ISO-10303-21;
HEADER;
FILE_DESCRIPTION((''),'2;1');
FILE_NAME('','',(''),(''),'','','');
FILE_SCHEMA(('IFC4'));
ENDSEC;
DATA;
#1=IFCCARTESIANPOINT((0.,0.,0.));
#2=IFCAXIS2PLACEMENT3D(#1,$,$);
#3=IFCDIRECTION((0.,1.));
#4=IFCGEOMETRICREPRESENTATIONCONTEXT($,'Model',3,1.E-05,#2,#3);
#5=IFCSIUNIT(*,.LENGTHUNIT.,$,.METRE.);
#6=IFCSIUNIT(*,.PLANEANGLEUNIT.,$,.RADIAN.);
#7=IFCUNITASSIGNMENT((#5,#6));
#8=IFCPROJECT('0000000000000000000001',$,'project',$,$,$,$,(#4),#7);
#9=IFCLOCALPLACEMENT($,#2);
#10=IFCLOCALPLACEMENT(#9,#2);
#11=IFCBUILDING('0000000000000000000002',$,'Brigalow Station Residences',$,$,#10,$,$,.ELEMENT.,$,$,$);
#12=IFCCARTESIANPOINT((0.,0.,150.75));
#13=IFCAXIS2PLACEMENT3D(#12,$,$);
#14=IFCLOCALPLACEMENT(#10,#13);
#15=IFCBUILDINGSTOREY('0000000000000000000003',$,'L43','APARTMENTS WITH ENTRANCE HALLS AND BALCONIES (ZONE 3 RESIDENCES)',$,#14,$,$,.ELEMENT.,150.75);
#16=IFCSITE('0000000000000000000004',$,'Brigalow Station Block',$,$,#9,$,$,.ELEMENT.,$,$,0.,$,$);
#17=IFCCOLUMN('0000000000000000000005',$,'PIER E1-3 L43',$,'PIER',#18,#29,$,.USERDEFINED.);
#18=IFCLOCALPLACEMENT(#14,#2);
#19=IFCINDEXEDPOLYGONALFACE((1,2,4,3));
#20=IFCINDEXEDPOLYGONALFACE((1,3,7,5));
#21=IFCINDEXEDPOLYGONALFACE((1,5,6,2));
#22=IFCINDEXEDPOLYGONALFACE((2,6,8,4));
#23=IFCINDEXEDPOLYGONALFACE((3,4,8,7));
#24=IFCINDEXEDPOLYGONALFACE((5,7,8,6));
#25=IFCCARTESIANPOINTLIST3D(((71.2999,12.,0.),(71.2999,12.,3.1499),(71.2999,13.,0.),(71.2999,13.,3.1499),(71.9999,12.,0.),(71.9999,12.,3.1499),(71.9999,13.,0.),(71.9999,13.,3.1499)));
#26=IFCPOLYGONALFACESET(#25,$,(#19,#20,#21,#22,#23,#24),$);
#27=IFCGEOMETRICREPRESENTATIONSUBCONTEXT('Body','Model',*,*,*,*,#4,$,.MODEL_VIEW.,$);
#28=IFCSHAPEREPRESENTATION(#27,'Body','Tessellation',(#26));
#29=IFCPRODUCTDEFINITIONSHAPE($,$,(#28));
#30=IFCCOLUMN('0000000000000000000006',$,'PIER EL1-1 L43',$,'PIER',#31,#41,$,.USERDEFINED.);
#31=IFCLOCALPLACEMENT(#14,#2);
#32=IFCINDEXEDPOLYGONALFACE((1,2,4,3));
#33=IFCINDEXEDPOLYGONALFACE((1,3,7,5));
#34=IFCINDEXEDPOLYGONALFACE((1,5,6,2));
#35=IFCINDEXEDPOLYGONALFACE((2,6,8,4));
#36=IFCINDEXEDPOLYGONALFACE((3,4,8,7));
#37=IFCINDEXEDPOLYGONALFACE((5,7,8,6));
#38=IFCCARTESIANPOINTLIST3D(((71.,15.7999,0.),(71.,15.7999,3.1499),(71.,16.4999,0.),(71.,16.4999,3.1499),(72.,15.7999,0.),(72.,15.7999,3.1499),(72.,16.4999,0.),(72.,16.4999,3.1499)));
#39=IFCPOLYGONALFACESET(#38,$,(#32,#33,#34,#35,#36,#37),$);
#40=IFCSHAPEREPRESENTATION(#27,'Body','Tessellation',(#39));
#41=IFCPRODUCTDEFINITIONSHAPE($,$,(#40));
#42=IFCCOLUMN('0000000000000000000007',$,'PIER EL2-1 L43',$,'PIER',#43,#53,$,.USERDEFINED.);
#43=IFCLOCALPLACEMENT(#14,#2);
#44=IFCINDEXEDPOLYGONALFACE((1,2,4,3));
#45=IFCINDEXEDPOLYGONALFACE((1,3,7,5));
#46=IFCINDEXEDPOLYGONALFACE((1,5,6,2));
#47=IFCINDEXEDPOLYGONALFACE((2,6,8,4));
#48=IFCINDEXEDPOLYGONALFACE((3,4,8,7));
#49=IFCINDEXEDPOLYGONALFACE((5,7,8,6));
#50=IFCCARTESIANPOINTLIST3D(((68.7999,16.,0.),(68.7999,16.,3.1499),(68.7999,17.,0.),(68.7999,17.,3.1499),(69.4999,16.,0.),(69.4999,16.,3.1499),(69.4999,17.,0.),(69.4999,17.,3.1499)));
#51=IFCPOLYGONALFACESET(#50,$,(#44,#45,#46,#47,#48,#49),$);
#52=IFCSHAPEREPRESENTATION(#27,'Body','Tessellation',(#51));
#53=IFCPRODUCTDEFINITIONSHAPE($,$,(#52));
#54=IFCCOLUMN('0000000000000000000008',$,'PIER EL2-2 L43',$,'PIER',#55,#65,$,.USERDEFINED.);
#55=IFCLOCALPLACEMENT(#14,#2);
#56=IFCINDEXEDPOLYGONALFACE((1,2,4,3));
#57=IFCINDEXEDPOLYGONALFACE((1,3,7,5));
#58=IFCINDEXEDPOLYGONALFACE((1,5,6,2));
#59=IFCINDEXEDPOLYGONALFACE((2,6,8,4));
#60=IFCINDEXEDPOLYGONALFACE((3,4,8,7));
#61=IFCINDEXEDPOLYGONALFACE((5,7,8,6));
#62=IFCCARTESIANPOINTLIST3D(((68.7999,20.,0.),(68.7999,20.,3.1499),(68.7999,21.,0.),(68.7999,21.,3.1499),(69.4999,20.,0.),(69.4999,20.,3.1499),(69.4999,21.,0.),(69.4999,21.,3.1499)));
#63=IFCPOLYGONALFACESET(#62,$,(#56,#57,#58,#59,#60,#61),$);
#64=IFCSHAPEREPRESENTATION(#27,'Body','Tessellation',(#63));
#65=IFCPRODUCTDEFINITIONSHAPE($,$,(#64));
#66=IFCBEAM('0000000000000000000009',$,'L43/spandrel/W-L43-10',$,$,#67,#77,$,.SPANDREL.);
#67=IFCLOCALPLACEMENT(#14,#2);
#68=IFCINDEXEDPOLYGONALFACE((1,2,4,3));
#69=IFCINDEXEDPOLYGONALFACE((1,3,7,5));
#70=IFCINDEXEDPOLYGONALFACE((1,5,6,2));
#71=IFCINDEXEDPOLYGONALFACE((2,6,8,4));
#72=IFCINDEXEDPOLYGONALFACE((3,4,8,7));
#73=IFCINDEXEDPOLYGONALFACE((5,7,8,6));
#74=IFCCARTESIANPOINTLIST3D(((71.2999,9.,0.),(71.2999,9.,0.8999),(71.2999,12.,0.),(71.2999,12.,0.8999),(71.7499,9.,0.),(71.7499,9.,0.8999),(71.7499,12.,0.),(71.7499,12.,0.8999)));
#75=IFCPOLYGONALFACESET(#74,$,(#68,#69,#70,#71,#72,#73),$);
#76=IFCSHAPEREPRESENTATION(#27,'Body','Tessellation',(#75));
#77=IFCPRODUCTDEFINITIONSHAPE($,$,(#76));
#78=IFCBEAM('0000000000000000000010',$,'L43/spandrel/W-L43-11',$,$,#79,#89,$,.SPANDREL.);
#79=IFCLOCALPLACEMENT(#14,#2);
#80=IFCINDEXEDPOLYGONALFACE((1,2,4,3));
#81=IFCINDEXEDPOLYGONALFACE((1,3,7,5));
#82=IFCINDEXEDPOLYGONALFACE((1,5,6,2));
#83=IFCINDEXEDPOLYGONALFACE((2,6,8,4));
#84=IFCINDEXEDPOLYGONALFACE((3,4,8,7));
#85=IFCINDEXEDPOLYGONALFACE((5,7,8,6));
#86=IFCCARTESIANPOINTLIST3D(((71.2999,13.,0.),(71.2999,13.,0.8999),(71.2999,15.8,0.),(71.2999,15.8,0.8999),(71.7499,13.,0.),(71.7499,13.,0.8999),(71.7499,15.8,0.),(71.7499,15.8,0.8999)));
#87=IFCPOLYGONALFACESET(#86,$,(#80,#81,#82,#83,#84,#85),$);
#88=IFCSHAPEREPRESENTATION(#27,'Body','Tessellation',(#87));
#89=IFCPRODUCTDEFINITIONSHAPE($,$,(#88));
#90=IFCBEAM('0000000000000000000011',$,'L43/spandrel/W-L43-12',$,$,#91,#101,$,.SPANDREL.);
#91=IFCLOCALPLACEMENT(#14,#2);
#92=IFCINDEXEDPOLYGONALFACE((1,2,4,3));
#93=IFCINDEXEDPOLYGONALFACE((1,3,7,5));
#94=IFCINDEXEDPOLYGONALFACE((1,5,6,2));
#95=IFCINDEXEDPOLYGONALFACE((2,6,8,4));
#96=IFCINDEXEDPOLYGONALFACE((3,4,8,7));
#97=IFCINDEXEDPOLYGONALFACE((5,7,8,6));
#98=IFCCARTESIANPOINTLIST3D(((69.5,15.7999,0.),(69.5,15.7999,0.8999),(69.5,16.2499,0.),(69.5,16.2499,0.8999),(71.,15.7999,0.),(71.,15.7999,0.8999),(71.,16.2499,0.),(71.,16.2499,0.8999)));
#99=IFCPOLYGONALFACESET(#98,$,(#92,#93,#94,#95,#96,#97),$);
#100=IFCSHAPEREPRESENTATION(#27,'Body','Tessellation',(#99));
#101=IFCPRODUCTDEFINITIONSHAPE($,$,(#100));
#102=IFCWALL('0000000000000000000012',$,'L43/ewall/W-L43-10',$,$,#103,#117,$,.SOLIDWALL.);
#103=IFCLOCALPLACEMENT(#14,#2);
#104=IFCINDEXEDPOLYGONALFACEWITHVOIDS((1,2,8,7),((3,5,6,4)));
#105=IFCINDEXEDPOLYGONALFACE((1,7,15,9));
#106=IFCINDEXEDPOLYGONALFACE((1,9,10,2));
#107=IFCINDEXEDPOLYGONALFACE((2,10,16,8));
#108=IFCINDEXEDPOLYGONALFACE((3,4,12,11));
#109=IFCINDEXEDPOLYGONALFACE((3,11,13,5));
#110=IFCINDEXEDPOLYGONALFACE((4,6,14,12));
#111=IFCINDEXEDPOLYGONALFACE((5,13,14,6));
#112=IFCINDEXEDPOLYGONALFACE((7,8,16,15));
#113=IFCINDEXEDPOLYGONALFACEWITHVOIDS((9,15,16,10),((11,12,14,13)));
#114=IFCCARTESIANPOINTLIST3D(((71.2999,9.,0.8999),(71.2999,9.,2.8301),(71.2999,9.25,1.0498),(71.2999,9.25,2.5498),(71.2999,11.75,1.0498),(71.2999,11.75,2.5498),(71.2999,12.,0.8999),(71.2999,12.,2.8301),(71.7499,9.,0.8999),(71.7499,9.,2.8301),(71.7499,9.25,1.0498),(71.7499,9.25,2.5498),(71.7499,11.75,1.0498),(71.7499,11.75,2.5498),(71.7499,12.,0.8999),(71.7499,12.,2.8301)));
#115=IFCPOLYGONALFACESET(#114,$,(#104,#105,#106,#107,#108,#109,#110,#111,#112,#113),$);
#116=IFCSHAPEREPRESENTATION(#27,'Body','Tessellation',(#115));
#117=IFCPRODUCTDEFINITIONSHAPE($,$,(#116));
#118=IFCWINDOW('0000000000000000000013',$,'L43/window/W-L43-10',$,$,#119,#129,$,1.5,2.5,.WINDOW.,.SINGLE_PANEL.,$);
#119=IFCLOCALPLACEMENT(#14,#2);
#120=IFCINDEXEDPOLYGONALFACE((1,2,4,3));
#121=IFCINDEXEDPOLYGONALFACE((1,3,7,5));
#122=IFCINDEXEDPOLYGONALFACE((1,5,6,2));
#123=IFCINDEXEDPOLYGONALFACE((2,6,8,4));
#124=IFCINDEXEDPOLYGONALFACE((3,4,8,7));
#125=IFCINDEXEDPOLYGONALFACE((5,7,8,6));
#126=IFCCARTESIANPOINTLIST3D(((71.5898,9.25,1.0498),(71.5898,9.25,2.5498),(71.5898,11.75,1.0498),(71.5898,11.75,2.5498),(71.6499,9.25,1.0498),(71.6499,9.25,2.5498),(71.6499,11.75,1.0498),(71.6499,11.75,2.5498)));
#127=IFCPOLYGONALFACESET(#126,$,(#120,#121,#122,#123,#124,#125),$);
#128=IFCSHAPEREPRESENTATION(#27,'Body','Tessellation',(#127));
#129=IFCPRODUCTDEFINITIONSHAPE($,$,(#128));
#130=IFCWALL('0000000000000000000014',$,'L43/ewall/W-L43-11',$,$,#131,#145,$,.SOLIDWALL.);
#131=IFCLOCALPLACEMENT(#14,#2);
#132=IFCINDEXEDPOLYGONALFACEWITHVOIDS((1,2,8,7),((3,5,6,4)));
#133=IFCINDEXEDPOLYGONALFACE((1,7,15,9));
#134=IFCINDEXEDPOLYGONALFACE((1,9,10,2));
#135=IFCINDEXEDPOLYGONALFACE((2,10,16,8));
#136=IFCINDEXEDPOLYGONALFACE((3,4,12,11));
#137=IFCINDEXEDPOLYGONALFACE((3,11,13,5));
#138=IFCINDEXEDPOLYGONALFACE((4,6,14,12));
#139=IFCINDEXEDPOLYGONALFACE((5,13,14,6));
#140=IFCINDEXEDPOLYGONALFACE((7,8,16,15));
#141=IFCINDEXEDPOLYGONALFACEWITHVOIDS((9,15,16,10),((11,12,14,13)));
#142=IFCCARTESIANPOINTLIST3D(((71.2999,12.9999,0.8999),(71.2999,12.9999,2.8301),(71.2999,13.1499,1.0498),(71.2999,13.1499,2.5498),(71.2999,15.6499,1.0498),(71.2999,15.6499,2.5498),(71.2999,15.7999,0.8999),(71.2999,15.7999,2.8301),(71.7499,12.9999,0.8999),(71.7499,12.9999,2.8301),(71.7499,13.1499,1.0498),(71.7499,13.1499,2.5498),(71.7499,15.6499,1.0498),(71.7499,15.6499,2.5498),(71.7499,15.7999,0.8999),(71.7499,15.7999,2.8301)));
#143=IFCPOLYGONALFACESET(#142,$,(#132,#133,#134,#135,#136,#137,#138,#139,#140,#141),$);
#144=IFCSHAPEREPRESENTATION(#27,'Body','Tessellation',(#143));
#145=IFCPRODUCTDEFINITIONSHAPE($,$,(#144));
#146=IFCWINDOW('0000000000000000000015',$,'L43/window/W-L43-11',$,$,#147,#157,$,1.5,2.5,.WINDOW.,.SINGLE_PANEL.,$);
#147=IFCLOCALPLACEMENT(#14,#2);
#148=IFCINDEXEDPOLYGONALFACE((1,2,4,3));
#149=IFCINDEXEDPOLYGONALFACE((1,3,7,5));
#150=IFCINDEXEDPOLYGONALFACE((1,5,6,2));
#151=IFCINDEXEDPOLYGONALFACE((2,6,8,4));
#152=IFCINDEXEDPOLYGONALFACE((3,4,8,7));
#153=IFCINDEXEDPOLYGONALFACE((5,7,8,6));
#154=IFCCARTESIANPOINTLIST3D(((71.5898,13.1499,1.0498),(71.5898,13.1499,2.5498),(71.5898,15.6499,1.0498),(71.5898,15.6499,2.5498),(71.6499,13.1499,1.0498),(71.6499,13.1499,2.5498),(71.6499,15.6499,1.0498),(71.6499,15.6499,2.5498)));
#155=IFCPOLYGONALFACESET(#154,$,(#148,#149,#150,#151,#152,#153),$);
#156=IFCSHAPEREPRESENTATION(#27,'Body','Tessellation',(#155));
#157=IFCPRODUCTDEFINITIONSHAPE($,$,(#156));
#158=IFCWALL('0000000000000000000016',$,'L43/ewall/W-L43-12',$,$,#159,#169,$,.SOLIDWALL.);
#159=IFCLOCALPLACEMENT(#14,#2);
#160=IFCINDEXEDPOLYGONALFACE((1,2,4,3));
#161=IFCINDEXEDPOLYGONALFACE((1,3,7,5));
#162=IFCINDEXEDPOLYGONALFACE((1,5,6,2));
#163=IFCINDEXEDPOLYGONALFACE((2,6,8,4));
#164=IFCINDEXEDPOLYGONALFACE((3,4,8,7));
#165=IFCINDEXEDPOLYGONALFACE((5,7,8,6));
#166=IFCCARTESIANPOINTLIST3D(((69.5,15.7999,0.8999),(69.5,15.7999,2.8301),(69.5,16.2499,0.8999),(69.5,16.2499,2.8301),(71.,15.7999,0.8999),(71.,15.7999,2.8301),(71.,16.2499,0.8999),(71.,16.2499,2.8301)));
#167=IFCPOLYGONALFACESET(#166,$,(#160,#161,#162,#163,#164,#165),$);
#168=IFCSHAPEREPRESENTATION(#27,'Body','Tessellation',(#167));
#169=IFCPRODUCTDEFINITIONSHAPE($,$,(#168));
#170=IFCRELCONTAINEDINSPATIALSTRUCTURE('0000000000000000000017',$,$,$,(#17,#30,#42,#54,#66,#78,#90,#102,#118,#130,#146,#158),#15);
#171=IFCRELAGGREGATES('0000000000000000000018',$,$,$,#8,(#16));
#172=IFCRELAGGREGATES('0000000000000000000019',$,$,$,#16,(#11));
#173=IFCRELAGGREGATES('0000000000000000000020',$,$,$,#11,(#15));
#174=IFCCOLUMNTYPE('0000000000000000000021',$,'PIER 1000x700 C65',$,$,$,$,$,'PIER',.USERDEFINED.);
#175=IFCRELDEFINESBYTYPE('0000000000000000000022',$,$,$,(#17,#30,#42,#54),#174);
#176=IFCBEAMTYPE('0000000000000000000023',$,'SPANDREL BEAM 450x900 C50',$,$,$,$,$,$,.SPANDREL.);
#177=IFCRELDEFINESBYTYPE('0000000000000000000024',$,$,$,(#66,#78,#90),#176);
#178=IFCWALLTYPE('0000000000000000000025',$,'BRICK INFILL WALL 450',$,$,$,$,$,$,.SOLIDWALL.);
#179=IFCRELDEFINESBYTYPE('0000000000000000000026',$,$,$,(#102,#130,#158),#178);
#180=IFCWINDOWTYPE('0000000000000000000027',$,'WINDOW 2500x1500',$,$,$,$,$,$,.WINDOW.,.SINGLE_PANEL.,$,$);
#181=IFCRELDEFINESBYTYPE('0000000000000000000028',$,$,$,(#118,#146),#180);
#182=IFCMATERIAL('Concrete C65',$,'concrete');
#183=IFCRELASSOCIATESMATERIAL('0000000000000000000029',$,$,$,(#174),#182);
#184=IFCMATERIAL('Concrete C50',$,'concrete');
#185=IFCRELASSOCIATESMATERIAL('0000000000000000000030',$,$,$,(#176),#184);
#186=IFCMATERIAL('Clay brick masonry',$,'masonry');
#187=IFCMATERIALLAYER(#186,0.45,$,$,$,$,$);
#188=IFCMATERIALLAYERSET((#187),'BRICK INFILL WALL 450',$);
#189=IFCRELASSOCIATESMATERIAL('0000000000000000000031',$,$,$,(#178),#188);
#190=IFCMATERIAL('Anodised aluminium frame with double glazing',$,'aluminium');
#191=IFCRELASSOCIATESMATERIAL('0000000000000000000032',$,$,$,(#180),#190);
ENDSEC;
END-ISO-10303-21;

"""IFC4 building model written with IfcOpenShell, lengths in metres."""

from ifc_helpers import new_model, si_unit, direction, frame, frame_2d, origin, origin_2d, place, context, subcontext, project, spatial, rectangle, extrude, material, layer, layer_set, material_profile, profile_set, type_object, element, fill, save


model = new_model("IFC4")

# Units and contexts
model_context = context("Model", 3, precision=1e-05, world=origin(), true_north=direction((0.0, 1.0)))
body_context = subcontext(model_context, "Body", "Model", "MODEL_VIEW")
ifc_project = project(units=[si_unit("LENGTHUNIT", "METRE"), si_unit("PLANEANGLEUNIT", "RADIAN")], contexts=[model_context])

# Site, building, storey
site_placement = place(None, origin())
site = spatial("IfcSite", under=ifc_project, at=site_placement, Name="Brigalow Station Block", CompositionType="ELEMENT", RefElevation=0.0)
building_placement = place(site_placement, origin())
building = spatial("IfcBuilding", under=site, at=building_placement, Name="Brigalow Station Residences", CompositionType="ELEMENT")
storey_placement = place(building_placement, frame((0.0, 0.0, 150.75)))
storey = spatial("IfcBuildingStorey", under=building, at=storey_placement, Name="L43", Description="APARTMENTS WITH ENTRANCE HALLS AND BALCONIES (ZONE 3 RESIDENCES)", CompositionType="ELEMENT", Elevation=150.75)

# Columns
ifc_material_1 = material(Name="Concrete C65", Category="concrete")
ifc_material_profile_1 = material_profile(ifc_material_1, rectangle(XDim=1.0, YDim=0.7, at=origin_2d()), Name="RC1000x700")
ifc_profile_set_1 = profile_set([ifc_material_profile_1], Name="Concrete C65")
column_type = type_object("IfcColumnType", Name="PIER 1000x700 C65", ElementType="PIER", PredefinedType="USERDEFINED", material=ifc_profile_set_1)
for number, where, z_axis, x_axis, name in (
    (1, (71.6499, 12.5, 0.0), (0.0, 0.0, 1.0), (0.0, 1.0, 0.0), "PIER E1-3 L43"),
    (2, (71.5, 16.1499, 0.0), (0.0, 0.0, 1.0), (-1.0, 0.0, 0.0), "PIER EL1-1 L43"),
    (3, (69.1499, 16.5, 0.0), (0.0, 0.0, 1.0), (0.0, 1.0, 0.0), "PIER EL2-1 L43"),
    (4, (69.1499, 20.5, 0.0), (0.0, 0.0, 1.0), (0.0, 1.0, 0.0), "PIER EL2-2 L43"),
):
    element("IfcColumn", number, at=place(storey_placement, frame(where, z_axis=z_axis, x_axis=x_axis)), inside=storey, type_object=column_type, Name=name, ObjectType="PIER", PredefinedType="USERDEFINED", context=body_context, shape_type="SweptSolid", body=[
        extrude(rectangle(XDim=1.0, YDim=0.7, at=origin_2d()), origin(), (0.0, 0.0, 1.0), 3.1499),
    ])

# Beams
ifc_material_2 = material(Name="Concrete C50", Category="concrete")
ifc_material_profile_2 = material_profile(ifc_material_2, rectangle(XDim=0.45, YDim=0.8999, at=origin_2d()), Name="RC450x900")
ifc_profile_set_2 = profile_set([ifc_material_profile_2], Name="Concrete C50")
beam_type = type_object("IfcBeamType", Name="SPANDREL BEAM 450x900 C50", PredefinedType="SPANDREL", material=ifc_profile_set_2)
beam_1_placement = place(storey_placement, frame((71.5249, 9.0, 0.45), z_axis=(0.0, 1.0, 0.0), x_axis=(-1.0, 0.0, 0.0)))
element("IfcBeam", 5, at=beam_1_placement, inside=storey, type_object=beam_type, Name="L43/spandrel/W-L43-10", PredefinedType="SPANDREL", context=body_context, shape_type="SweptSolid", body=[
    extrude(rectangle(XDim=0.45, YDim=0.8999, at=origin_2d()), origin(), (0.0, 0.0, 1.0), 3.0),
])
beam_2_placement = place(storey_placement, frame((71.5249, 13.0, 0.45), z_axis=(0.0, 1.0, 0.0), x_axis=(-1.0, 0.0, 0.0)))
element("IfcBeam", 6, at=beam_2_placement, inside=storey, type_object=beam_type, Name="L43/spandrel/W-L43-11", PredefinedType="SPANDREL", context=body_context, shape_type="SweptSolid", body=[
    extrude(rectangle(XDim=0.45, YDim=0.8999, at=origin_2d()), origin(), (0.0, 0.0, 1.0), 2.8),
])
beam_3_placement = place(storey_placement, frame((71.0, 16.0249, 0.45), z_axis=(-1.0, 0.0, 0.0), x_axis=(0.0, -1.0, 0.0)))
element("IfcBeam", 7, at=beam_3_placement, inside=storey, type_object=beam_type, Name="L43/spandrel/W-L43-12", PredefinedType="SPANDREL", context=body_context, shape_type="SweptSolid", body=[
    extrude(rectangle(XDim=0.45, YDim=0.8999, at=origin_2d()), origin(), (0.0, 0.0, 1.0), 1.5),
])

# Walls, openings, windows
ifc_material_3 = material(Name="Clay brick masonry", Category="masonry")
ifc_layer = layer(ifc_material_3, 0.45)
ifc_layer_set = layer_set([ifc_layer], Name="BRICK INFILL WALL 450")
wall_type = type_object("IfcWallType", Name="BRICK INFILL WALL 450", PredefinedType="SOLIDWALL", material=ifc_layer_set)
wall_1_placement = place(storey_placement, frame((71.5249, 9.0, 0.8999), z_axis=(0.0, 0.0, 1.0), x_axis=(0.0, 1.0, 0.0)))
wall_1 = element("IfcWall", 8, at=wall_1_placement, inside=storey, type_object=wall_type, Name="L43/ewall/W-L43-10", PredefinedType="SOLIDWALL", context=body_context, shape_type="SweptSolid", body=[
    extrude(rectangle(XDim=3.0, YDim=0.45, at=frame_2d((1.5, 0.0))), origin(), (0.0, 0.0, 1.0), 1.9302),
])
opening_1_placement = place(wall_1_placement, frame((0.25, 0.0, 0.1499)))
opening_1 = element("IfcOpeningElement", 9, at=opening_1_placement, cuts=wall_1, PredefinedType="OPENING", context=body_context, shape_type="SweptSolid", body=[
    extrude(rectangle(XDim=2.5, YDim=1.5, at=frame_2d((1.25, 0.75))), frame((0.0, 0.2349, 0.0), z_axis=(0.0, -1.0, 0.0), x_axis=(1.0, 0.0, 0.0)), (0.0, 0.0, 1.0), 0.47),
])
ifc_material_4 = material(Name="Anodised aluminium frame with double glazing", Category="aluminium")
window_type = type_object("IfcWindowType", Name="WINDOW 2500x1500", PartitioningType="SINGLE_PANEL", PredefinedType="WINDOW", material=ifc_material_4)
window_1_placement = place(opening_1_placement, origin())
window_1 = element("IfcWindow", 10, at=window_1_placement, inside=storey, type_object=window_type, Name="L43/window/W-L43-10", OverallHeight=1.5, OverallWidth=2.5, PartitioningType="SINGLE_PANEL", PredefinedType="WINDOW", context=body_context, shape_type="SweptSolid", body=[
    extrude(rectangle(XDim=2.5, YDim=1.5, at=frame_2d((1.25, 0.75))), frame((0.0, -0.0649, 0.0), z_axis=(0.0, -1.0, 0.0), x_axis=(1.0, 0.0, 0.0)), (0.0, 0.0, 1.0), 0.0601),
])
fill(opening_1, window_1)
wall_2_placement = place(storey_placement, frame((71.5249, 13.0, 0.8999), z_axis=(0.0, 0.0, 1.0), x_axis=(0.0, 1.0, 0.0)))
wall_2 = element("IfcWall", 11, at=wall_2_placement, inside=storey, type_object=wall_type, Name="L43/ewall/W-L43-11", PredefinedType="SOLIDWALL", context=body_context, shape_type="SweptSolid", body=[
    extrude(rectangle(XDim=2.8, YDim=0.45, at=frame_2d((1.3999, 0.0))), origin(), (0.0, 0.0, 1.0), 1.9302),
])
opening_2_placement = place(wall_2_placement, frame((0.1499, 0.0, 0.1499)))
opening_2 = element("IfcOpeningElement", 12, at=opening_2_placement, cuts=wall_2, PredefinedType="OPENING", context=body_context, shape_type="SweptSolid", body=[
    extrude(rectangle(XDim=2.5, YDim=1.5, at=frame_2d((1.25, 0.75))), frame((0.0, 0.2349, 0.0), z_axis=(0.0, -1.0, 0.0), x_axis=(1.0, 0.0, 0.0)), (0.0, 0.0, 1.0), 0.47),
])
window_2_placement = place(opening_2_placement, origin())
window_2 = element("IfcWindow", 13, at=window_2_placement, inside=storey, type_object=window_type, Name="L43/window/W-L43-11", OverallHeight=1.5, OverallWidth=2.5, PartitioningType="SINGLE_PANEL", PredefinedType="WINDOW", context=body_context, shape_type="SweptSolid", body=[
    extrude(rectangle(XDim=2.5, YDim=1.5, at=frame_2d((1.25, 0.75))), frame((0.0, -0.0649, 0.0), z_axis=(0.0, -1.0, 0.0), x_axis=(1.0, 0.0, 0.0)), (0.0, 0.0, 1.0), 0.0601),
])
fill(opening_2, window_2)

# Wall
wall_3_placement = place(storey_placement, frame((71.0, 16.0249, 0.8999), z_axis=(0.0, 0.0, 1.0), x_axis=(-1.0, 0.0, 0.0)))
element("IfcWall", 14, at=wall_3_placement, inside=storey, type_object=wall_type, Name="L43/ewall/W-L43-12", PredefinedType="SOLIDWALL", context=body_context, shape_type="SweptSolid", body=[
    extrude(rectangle(XDim=1.5, YDim=0.45, at=frame_2d((0.75, 0.0))), origin(), (0.0, 0.0, 1.0), 1.9302),
])

save(model, "model.ifc")
